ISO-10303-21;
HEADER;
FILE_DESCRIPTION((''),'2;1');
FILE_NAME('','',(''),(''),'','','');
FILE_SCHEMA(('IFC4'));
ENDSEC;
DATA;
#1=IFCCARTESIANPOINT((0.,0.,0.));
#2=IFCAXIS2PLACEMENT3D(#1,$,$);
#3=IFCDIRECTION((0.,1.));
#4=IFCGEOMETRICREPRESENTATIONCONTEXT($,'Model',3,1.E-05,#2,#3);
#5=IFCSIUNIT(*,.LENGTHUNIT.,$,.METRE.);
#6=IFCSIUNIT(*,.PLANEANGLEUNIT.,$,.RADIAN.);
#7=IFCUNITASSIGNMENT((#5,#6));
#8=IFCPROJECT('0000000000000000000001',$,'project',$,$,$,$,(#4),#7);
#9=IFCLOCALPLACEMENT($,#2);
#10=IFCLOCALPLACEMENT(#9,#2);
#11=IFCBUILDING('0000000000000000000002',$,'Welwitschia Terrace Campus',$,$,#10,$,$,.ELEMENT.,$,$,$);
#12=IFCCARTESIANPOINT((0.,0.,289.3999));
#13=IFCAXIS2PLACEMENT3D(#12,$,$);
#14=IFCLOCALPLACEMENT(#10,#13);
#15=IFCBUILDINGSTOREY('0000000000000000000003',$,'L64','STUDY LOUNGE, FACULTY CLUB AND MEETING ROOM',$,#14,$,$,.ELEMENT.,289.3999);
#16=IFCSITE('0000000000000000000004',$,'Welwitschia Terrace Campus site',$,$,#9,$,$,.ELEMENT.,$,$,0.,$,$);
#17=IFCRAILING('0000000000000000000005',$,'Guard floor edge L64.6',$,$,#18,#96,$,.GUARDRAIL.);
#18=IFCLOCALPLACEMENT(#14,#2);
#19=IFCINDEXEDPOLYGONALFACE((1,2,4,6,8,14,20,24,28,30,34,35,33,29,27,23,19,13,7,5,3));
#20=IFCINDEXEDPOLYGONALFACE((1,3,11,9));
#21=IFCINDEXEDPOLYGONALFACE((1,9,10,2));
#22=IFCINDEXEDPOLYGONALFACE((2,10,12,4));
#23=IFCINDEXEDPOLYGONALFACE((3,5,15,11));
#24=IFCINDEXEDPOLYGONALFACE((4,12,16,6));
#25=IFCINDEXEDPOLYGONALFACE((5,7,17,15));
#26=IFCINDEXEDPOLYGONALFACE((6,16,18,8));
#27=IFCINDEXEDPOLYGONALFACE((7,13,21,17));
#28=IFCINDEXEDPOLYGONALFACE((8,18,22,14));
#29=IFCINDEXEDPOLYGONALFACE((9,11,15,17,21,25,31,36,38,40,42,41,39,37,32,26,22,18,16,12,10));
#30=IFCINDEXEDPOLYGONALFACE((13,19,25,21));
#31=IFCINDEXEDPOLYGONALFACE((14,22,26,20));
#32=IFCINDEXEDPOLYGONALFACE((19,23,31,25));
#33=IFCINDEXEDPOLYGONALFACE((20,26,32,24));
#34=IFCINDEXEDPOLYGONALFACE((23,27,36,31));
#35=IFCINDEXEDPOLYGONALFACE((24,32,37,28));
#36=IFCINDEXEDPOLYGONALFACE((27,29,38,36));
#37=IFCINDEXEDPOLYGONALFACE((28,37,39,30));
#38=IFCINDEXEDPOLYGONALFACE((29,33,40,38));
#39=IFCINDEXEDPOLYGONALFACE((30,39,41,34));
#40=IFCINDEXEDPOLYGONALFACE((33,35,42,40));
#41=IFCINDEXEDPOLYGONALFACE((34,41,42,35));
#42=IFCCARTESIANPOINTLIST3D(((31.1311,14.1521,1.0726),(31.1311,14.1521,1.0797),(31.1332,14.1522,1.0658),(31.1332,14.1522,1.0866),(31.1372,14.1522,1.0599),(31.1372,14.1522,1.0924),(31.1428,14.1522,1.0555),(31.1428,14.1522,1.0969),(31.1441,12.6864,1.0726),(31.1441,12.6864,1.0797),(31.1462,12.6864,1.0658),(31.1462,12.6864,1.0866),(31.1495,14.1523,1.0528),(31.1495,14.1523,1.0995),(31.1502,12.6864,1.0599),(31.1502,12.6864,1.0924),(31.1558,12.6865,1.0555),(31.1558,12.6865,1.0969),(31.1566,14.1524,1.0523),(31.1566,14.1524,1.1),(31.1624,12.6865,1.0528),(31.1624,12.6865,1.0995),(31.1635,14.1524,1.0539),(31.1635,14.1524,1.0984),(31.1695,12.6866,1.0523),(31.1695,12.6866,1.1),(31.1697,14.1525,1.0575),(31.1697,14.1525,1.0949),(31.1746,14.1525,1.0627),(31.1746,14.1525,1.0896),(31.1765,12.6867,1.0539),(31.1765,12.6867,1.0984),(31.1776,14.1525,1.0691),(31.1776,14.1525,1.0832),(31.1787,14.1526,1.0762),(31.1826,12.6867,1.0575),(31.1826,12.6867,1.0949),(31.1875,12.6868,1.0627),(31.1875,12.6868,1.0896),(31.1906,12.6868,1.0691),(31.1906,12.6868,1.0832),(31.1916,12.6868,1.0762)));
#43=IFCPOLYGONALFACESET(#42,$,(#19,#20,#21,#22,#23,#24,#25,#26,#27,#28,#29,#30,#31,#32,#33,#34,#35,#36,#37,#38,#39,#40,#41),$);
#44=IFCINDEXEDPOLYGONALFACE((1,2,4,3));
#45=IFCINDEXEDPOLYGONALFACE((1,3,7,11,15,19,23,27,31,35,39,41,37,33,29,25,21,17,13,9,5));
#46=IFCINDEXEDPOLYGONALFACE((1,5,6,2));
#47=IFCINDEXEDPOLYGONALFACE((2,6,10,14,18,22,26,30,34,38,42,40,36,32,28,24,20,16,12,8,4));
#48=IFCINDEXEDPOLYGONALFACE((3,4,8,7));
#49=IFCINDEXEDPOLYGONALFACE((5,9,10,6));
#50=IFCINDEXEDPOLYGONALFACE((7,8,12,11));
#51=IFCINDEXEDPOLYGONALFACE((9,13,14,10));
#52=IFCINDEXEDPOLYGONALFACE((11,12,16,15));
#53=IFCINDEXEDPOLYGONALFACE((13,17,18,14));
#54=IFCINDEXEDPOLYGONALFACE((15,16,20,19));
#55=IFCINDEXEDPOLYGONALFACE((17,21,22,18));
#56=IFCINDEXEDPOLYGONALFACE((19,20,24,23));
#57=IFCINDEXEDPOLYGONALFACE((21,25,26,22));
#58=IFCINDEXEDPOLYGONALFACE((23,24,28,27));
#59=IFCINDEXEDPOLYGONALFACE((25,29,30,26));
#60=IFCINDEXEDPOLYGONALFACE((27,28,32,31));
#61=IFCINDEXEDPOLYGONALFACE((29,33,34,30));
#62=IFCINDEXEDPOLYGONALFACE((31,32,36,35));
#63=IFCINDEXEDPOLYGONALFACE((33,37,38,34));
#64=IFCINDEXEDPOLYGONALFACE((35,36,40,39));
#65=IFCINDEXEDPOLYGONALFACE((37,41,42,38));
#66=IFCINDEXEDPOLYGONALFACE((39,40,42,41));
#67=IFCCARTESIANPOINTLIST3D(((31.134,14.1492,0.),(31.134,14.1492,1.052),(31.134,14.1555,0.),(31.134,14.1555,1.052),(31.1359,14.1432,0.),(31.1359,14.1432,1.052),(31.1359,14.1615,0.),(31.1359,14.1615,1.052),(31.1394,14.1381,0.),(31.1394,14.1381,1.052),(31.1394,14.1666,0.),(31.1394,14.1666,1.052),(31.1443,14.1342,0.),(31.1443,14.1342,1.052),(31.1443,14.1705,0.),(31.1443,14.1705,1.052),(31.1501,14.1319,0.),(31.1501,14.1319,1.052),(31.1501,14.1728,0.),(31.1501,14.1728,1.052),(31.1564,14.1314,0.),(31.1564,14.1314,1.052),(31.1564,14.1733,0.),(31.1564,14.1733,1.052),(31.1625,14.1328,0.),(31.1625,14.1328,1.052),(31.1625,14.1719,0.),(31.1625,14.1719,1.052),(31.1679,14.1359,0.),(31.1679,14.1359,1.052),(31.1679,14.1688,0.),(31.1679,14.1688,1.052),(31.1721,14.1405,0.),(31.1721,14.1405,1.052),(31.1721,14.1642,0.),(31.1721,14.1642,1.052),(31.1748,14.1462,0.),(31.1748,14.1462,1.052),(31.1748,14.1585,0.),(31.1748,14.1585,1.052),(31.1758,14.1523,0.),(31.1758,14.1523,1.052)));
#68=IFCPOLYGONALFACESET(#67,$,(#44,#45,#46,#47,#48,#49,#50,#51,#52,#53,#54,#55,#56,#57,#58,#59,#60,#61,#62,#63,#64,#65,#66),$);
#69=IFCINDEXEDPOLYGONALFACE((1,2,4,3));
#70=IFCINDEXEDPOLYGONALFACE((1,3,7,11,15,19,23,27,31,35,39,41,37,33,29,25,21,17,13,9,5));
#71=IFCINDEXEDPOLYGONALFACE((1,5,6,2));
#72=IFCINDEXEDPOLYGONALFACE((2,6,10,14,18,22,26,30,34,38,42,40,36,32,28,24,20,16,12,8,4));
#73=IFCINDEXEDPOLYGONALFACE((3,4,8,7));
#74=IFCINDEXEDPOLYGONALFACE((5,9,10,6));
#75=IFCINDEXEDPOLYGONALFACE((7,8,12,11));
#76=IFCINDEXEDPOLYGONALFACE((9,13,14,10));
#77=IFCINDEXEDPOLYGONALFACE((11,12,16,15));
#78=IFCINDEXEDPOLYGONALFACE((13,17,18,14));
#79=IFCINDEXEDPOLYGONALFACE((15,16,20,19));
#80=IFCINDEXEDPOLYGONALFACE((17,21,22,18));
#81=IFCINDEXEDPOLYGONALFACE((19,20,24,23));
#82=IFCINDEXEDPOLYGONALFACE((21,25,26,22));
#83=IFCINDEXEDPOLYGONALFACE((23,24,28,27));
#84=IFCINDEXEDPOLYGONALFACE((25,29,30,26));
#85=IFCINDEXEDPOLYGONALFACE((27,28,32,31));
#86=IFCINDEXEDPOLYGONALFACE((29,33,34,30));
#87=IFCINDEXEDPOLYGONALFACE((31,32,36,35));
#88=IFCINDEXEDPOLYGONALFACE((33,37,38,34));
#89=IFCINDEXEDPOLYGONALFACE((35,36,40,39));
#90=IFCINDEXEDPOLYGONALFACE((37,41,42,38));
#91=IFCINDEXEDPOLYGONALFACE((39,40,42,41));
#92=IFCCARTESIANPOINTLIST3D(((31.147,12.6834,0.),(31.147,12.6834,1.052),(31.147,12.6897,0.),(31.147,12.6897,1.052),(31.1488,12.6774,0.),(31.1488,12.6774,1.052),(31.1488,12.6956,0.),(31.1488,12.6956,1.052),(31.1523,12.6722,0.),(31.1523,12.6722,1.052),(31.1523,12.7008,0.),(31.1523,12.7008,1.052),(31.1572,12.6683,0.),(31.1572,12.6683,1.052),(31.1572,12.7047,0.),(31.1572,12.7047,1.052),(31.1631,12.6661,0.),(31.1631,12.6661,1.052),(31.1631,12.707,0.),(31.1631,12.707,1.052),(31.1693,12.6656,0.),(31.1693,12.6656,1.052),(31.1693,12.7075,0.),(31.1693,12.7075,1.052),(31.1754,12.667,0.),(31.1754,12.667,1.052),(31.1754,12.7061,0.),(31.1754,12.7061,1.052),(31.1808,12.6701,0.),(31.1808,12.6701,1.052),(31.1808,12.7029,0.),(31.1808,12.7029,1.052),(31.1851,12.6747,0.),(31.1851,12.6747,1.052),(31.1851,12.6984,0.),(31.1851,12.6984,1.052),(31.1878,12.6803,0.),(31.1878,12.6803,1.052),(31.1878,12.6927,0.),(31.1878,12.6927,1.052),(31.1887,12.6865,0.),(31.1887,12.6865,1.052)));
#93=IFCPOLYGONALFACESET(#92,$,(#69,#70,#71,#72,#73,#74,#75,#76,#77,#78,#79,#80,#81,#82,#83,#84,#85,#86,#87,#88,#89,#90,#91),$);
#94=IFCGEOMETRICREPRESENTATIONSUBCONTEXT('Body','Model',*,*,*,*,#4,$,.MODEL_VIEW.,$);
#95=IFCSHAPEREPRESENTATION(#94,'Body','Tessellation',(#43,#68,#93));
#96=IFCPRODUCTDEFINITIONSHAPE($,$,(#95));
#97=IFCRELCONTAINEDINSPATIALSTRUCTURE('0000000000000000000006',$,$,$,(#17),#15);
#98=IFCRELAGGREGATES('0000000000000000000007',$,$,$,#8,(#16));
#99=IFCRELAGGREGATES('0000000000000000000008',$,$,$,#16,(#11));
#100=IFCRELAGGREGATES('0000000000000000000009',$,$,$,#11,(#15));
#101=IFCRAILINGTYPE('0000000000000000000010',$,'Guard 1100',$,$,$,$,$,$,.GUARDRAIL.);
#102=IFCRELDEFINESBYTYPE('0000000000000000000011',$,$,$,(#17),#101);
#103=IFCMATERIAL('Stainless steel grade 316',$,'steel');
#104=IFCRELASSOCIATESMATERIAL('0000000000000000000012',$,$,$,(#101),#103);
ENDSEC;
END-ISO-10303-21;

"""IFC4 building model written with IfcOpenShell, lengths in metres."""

from ifc_helpers import new_model, si_unit, direction, frame, origin, origin_2d, place, context, subcontext, project, spatial, circle, extrude, material, type_object, element, save


model = new_model("IFC4")

# Units and contexts
model_context = context("Model", 3, precision=1e-05, world=origin(), true_north=direction((0.0, 1.0)))
body_context = subcontext(model_context, "Body", "Model", "MODEL_VIEW")
ifc_project = project(units=[si_unit("LENGTHUNIT", "METRE"), si_unit("PLANEANGLEUNIT", "RADIAN")], contexts=[model_context])

# Site, building, storey
site_placement = place(None, origin())
site = spatial("IfcSite", under=ifc_project, at=site_placement, Name="Welwitschia Terrace Campus site", CompositionType="ELEMENT", RefElevation=0.0)
building_placement = place(site_placement, origin())
building = spatial("IfcBuilding", under=site, at=building_placement, Name="Welwitschia Terrace Campus", CompositionType="ELEMENT")
storey_placement = place(building_placement, frame((0.0, 0.0, 289.3999)))
storey = spatial("IfcBuildingStorey", under=building, at=storey_placement, Name="L64", Description="STUDY LOUNGE, FACULTY CLUB AND MEETING ROOM", CompositionType="ELEMENT", Elevation=289.3999)

# Railing
ifc_material_1 = material(Name="Stainless steel grade 316", Category="steel")
railing_type = type_object("IfcRailingType", Name="Guard 1100", PredefinedType="GUARDRAIL", material=ifc_material_1)
railing_1_placement = place(storey_placement, frame((31.1548, 14.1523, 0.0)))
element("IfcRailing", 1, at=railing_1_placement, inside=storey, type_object=railing_type, Name="Guard floor edge L64.6", PredefinedType="GUARDRAIL", context=body_context, shape_type="SweptSolid", body=[
    extrude(circle(Radius=0.0239, at=origin_2d()), frame((0.0, 0.0, 1.0762), z_axis=(0.008827, -0.999961, 0.0), x_axis=(0.999961, 0.008827, 0.0)), (0.0, 0.0, 1.0), 1.4658),
    extrude(circle(Radius=0.021, at=origin_2d()), origin(), (0.0, 0.0, 1.0), 1.052),
    extrude(circle(Radius=0.021, at=origin_2d()), frame((0.0129, -1.4658, 0.0)), (0.0, 0.0, 1.0), 1.052),
])

save(model, "model.ifc")
